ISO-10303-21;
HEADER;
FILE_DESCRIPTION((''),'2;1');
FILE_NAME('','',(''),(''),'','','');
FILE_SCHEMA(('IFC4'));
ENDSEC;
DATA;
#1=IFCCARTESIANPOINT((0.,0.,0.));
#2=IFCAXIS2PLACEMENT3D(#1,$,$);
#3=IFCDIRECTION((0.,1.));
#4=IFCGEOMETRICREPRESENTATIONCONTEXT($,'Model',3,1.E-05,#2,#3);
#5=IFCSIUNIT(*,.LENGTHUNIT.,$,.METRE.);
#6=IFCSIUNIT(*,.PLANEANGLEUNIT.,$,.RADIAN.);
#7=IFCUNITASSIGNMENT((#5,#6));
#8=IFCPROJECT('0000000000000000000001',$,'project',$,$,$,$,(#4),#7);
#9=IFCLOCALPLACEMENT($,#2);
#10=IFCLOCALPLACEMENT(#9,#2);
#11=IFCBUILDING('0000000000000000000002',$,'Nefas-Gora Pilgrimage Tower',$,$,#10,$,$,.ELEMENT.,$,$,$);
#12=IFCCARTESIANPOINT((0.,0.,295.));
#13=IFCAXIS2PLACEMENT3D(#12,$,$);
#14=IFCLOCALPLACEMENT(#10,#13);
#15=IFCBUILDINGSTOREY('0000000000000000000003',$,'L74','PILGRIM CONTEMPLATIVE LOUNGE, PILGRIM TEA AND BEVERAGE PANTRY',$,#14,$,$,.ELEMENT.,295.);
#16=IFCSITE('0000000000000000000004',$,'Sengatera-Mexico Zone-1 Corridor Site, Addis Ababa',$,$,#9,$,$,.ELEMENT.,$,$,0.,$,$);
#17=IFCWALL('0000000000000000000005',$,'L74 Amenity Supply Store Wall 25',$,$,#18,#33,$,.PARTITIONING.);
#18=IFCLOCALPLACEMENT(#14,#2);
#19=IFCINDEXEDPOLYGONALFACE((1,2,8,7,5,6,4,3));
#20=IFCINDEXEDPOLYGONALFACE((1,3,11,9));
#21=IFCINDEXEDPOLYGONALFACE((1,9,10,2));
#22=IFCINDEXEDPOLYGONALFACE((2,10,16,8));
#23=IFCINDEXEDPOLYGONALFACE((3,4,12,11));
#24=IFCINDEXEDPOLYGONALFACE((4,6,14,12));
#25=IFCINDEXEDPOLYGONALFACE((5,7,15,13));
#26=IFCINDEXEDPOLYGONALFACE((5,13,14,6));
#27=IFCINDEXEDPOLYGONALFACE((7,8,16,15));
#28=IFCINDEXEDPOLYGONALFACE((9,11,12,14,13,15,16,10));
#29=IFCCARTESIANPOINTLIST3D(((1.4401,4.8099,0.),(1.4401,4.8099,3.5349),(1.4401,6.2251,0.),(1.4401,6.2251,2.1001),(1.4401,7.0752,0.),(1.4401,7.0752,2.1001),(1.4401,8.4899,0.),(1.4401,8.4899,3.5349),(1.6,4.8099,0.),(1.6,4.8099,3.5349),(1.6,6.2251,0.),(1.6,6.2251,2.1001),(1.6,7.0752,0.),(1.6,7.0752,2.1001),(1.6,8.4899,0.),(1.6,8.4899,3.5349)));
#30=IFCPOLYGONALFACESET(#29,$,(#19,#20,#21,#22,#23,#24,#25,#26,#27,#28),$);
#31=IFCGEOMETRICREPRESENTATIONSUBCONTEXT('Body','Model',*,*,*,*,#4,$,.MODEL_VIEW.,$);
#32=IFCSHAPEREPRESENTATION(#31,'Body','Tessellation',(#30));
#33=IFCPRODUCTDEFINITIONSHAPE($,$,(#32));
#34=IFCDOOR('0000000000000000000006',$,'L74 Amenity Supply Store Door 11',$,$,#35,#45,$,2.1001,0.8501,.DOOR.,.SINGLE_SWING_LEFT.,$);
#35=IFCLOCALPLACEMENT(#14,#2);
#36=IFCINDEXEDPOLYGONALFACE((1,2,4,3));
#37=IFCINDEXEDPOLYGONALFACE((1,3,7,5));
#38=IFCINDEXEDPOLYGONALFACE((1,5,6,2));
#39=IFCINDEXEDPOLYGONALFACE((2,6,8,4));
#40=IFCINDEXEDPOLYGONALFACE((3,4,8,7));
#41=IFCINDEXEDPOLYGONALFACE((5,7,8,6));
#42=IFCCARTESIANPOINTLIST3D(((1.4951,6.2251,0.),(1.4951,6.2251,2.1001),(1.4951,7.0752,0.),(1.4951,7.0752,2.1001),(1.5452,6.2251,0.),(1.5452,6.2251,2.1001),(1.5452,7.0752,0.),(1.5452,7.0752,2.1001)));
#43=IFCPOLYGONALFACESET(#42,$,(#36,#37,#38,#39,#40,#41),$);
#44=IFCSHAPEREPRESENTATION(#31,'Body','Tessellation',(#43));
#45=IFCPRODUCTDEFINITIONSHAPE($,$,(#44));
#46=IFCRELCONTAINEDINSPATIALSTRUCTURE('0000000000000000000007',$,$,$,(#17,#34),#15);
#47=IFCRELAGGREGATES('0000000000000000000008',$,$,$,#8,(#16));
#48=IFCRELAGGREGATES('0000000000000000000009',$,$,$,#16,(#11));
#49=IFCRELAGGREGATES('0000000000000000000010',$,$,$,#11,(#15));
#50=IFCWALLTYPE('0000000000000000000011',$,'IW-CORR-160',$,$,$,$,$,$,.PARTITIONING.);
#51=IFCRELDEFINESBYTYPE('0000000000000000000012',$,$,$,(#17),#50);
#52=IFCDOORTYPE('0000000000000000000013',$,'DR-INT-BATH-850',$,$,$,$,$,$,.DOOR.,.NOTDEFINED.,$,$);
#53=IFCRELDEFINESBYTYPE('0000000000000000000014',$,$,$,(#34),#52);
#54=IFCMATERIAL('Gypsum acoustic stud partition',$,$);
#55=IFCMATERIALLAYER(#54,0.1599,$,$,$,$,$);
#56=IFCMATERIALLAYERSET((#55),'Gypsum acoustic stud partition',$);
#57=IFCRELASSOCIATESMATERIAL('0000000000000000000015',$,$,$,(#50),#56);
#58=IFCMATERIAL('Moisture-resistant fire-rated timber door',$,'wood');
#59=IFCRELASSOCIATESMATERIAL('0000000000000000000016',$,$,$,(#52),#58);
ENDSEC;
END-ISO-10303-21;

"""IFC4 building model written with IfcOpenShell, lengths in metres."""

from ifc_helpers import new_model, si_unit, direction, frame, frame_2d, origin, place, context, subcontext, project, spatial, rectangle, extrude, source, transform, mapped, material, layer, layer_set, type_object, element, fill, save


model = new_model("IFC4")

# Units and contexts
model_context = context("Model", 3, precision=1e-05, world=origin(), true_north=direction((0.0, 1.0)))
body_context = subcontext(model_context, "Body", "Model", "MODEL_VIEW")
ifc_project = project(units=[si_unit("LENGTHUNIT", "METRE"), si_unit("PLANEANGLEUNIT", "RADIAN")], contexts=[model_context])

# Site, building, storey
site_placement = place(None, origin())
site = spatial("IfcSite", under=ifc_project, at=site_placement, Name="Sengatera-Mexico Zone-1 Corridor Site, Addis Ababa", CompositionType="ELEMENT", RefElevation=0.0)
building_placement = place(site_placement, origin())
building = spatial("IfcBuilding", under=site, at=building_placement, Name="Nefas-Gora Pilgrimage Tower", CompositionType="ELEMENT")
storey_placement = place(building_placement, frame((0.0, 0.0, 295.0)))
storey = spatial("IfcBuildingStorey", under=building, at=storey_placement, Name="L74", Description="PILGRIM CONTEMPLATIVE LOUNGE, PILGRIM TEA AND BEVERAGE PANTRY", CompositionType="ELEMENT", Elevation=295.0)

# Shared definitions
ifc_material_1 = material(Name="Gypsum acoustic stud partition")
ifc_layer_1 = layer(ifc_material_1, 0.1599)
ifc_layer_set_1 = layer_set([ifc_layer_1], Name="Gypsum acoustic stud partition")
wall_type_1 = type_object("IfcWallType", Name="IW-CORR-160", PredefinedType="PARTITIONING", material=ifc_layer_set_1)

# Wall, opening, door
ifc_material_2 = material(Name="Moisture-resistant fire-rated timber door", Category="wood")
door_type_1 = type_object("IfcDoorType", Name="DR-INT-BATH-850", OperationType="NOTDEFINED", PredefinedType="DOOR", material=ifc_material_2)
shared_shape_1 = source(origin(), body_context, "Body", "SweptSolid", [
    extrude(rectangle(XDim=0.8501, YDim=2.1001, at=frame_2d((0.425, 1.05))), frame((0.0, 0.0249, 0.0), z_axis=(0.0, -1.0, 0.0), x_axis=(1.0, 0.0, 0.0)), (0.0, 0.0, 1.0), 0.05),
])
shared_shape_2 = source(origin(), body_context, "Body", "SweptSolid", [
    extrude(rectangle(XDim=3.6799, YDim=0.1599, at=frame_2d((1.8398, 0.0))), origin(), (0.0, 0.0, 1.0), 3.5349),
])
wall_1_placement = place(storey_placement, frame((1.52, 4.8101, 0.0), z_axis=(0.0, 0.0, 1.0), x_axis=(0.0, 1.0, 0.0)))
wall_1 = element("IfcWall", 1, at=wall_1_placement, inside=storey, type_object=wall_type_1, Name="L74 Amenity Supply Store Wall 25", PredefinedType="PARTITIONING", context=body_context, shape_type="MappedRepresentation", body=[
    mapped(shared_shape_2, transform((0.0, 0.0, 0.0), x_axis=(1.0, 0.0, 0.0), y_axis=(0.0, 1.0, 0.0), z_axis=(0.0, 0.0, 1.0), scale=1.0)),
])
opening_1_placement = place(wall_1_placement, frame((1.415, 0.0, 0.0)))
opening_1 = element("IfcOpeningElement", 2, at=opening_1_placement, cuts=wall_1, PredefinedType="OPENING", context=body_context, shape_type="SweptSolid", body=[
    extrude(rectangle(XDim=0.8501, YDim=2.1001, at=frame_2d((0.425, 1.05))), frame((0.0, 0.0898, 0.0), z_axis=(0.0, -1.0, 0.0), x_axis=(1.0, 0.0, 0.0)), (0.0, 0.0, 1.0), 0.1799),
])
door_1_placement = place(opening_1_placement, origin())
door_1 = element("IfcDoor", 3, at=door_1_placement, inside=storey, type_object=door_type_1, Name="L74 Amenity Supply Store Door 11", OperationType="SINGLE_SWING_LEFT", OverallHeight=2.1001, OverallWidth=0.8501, PredefinedType="DOOR", context=body_context, shape_type="MappedRepresentation", body=[
    mapped(shared_shape_1, transform((0.0, 0.0, 0.0), x_axis=(1.0, 0.0, 0.0), y_axis=(0.0, 1.0, 0.0), z_axis=(0.0, 0.0, 1.0), scale=1.0)),
])
fill(opening_1, door_1)

save(model, "model.ifc")
